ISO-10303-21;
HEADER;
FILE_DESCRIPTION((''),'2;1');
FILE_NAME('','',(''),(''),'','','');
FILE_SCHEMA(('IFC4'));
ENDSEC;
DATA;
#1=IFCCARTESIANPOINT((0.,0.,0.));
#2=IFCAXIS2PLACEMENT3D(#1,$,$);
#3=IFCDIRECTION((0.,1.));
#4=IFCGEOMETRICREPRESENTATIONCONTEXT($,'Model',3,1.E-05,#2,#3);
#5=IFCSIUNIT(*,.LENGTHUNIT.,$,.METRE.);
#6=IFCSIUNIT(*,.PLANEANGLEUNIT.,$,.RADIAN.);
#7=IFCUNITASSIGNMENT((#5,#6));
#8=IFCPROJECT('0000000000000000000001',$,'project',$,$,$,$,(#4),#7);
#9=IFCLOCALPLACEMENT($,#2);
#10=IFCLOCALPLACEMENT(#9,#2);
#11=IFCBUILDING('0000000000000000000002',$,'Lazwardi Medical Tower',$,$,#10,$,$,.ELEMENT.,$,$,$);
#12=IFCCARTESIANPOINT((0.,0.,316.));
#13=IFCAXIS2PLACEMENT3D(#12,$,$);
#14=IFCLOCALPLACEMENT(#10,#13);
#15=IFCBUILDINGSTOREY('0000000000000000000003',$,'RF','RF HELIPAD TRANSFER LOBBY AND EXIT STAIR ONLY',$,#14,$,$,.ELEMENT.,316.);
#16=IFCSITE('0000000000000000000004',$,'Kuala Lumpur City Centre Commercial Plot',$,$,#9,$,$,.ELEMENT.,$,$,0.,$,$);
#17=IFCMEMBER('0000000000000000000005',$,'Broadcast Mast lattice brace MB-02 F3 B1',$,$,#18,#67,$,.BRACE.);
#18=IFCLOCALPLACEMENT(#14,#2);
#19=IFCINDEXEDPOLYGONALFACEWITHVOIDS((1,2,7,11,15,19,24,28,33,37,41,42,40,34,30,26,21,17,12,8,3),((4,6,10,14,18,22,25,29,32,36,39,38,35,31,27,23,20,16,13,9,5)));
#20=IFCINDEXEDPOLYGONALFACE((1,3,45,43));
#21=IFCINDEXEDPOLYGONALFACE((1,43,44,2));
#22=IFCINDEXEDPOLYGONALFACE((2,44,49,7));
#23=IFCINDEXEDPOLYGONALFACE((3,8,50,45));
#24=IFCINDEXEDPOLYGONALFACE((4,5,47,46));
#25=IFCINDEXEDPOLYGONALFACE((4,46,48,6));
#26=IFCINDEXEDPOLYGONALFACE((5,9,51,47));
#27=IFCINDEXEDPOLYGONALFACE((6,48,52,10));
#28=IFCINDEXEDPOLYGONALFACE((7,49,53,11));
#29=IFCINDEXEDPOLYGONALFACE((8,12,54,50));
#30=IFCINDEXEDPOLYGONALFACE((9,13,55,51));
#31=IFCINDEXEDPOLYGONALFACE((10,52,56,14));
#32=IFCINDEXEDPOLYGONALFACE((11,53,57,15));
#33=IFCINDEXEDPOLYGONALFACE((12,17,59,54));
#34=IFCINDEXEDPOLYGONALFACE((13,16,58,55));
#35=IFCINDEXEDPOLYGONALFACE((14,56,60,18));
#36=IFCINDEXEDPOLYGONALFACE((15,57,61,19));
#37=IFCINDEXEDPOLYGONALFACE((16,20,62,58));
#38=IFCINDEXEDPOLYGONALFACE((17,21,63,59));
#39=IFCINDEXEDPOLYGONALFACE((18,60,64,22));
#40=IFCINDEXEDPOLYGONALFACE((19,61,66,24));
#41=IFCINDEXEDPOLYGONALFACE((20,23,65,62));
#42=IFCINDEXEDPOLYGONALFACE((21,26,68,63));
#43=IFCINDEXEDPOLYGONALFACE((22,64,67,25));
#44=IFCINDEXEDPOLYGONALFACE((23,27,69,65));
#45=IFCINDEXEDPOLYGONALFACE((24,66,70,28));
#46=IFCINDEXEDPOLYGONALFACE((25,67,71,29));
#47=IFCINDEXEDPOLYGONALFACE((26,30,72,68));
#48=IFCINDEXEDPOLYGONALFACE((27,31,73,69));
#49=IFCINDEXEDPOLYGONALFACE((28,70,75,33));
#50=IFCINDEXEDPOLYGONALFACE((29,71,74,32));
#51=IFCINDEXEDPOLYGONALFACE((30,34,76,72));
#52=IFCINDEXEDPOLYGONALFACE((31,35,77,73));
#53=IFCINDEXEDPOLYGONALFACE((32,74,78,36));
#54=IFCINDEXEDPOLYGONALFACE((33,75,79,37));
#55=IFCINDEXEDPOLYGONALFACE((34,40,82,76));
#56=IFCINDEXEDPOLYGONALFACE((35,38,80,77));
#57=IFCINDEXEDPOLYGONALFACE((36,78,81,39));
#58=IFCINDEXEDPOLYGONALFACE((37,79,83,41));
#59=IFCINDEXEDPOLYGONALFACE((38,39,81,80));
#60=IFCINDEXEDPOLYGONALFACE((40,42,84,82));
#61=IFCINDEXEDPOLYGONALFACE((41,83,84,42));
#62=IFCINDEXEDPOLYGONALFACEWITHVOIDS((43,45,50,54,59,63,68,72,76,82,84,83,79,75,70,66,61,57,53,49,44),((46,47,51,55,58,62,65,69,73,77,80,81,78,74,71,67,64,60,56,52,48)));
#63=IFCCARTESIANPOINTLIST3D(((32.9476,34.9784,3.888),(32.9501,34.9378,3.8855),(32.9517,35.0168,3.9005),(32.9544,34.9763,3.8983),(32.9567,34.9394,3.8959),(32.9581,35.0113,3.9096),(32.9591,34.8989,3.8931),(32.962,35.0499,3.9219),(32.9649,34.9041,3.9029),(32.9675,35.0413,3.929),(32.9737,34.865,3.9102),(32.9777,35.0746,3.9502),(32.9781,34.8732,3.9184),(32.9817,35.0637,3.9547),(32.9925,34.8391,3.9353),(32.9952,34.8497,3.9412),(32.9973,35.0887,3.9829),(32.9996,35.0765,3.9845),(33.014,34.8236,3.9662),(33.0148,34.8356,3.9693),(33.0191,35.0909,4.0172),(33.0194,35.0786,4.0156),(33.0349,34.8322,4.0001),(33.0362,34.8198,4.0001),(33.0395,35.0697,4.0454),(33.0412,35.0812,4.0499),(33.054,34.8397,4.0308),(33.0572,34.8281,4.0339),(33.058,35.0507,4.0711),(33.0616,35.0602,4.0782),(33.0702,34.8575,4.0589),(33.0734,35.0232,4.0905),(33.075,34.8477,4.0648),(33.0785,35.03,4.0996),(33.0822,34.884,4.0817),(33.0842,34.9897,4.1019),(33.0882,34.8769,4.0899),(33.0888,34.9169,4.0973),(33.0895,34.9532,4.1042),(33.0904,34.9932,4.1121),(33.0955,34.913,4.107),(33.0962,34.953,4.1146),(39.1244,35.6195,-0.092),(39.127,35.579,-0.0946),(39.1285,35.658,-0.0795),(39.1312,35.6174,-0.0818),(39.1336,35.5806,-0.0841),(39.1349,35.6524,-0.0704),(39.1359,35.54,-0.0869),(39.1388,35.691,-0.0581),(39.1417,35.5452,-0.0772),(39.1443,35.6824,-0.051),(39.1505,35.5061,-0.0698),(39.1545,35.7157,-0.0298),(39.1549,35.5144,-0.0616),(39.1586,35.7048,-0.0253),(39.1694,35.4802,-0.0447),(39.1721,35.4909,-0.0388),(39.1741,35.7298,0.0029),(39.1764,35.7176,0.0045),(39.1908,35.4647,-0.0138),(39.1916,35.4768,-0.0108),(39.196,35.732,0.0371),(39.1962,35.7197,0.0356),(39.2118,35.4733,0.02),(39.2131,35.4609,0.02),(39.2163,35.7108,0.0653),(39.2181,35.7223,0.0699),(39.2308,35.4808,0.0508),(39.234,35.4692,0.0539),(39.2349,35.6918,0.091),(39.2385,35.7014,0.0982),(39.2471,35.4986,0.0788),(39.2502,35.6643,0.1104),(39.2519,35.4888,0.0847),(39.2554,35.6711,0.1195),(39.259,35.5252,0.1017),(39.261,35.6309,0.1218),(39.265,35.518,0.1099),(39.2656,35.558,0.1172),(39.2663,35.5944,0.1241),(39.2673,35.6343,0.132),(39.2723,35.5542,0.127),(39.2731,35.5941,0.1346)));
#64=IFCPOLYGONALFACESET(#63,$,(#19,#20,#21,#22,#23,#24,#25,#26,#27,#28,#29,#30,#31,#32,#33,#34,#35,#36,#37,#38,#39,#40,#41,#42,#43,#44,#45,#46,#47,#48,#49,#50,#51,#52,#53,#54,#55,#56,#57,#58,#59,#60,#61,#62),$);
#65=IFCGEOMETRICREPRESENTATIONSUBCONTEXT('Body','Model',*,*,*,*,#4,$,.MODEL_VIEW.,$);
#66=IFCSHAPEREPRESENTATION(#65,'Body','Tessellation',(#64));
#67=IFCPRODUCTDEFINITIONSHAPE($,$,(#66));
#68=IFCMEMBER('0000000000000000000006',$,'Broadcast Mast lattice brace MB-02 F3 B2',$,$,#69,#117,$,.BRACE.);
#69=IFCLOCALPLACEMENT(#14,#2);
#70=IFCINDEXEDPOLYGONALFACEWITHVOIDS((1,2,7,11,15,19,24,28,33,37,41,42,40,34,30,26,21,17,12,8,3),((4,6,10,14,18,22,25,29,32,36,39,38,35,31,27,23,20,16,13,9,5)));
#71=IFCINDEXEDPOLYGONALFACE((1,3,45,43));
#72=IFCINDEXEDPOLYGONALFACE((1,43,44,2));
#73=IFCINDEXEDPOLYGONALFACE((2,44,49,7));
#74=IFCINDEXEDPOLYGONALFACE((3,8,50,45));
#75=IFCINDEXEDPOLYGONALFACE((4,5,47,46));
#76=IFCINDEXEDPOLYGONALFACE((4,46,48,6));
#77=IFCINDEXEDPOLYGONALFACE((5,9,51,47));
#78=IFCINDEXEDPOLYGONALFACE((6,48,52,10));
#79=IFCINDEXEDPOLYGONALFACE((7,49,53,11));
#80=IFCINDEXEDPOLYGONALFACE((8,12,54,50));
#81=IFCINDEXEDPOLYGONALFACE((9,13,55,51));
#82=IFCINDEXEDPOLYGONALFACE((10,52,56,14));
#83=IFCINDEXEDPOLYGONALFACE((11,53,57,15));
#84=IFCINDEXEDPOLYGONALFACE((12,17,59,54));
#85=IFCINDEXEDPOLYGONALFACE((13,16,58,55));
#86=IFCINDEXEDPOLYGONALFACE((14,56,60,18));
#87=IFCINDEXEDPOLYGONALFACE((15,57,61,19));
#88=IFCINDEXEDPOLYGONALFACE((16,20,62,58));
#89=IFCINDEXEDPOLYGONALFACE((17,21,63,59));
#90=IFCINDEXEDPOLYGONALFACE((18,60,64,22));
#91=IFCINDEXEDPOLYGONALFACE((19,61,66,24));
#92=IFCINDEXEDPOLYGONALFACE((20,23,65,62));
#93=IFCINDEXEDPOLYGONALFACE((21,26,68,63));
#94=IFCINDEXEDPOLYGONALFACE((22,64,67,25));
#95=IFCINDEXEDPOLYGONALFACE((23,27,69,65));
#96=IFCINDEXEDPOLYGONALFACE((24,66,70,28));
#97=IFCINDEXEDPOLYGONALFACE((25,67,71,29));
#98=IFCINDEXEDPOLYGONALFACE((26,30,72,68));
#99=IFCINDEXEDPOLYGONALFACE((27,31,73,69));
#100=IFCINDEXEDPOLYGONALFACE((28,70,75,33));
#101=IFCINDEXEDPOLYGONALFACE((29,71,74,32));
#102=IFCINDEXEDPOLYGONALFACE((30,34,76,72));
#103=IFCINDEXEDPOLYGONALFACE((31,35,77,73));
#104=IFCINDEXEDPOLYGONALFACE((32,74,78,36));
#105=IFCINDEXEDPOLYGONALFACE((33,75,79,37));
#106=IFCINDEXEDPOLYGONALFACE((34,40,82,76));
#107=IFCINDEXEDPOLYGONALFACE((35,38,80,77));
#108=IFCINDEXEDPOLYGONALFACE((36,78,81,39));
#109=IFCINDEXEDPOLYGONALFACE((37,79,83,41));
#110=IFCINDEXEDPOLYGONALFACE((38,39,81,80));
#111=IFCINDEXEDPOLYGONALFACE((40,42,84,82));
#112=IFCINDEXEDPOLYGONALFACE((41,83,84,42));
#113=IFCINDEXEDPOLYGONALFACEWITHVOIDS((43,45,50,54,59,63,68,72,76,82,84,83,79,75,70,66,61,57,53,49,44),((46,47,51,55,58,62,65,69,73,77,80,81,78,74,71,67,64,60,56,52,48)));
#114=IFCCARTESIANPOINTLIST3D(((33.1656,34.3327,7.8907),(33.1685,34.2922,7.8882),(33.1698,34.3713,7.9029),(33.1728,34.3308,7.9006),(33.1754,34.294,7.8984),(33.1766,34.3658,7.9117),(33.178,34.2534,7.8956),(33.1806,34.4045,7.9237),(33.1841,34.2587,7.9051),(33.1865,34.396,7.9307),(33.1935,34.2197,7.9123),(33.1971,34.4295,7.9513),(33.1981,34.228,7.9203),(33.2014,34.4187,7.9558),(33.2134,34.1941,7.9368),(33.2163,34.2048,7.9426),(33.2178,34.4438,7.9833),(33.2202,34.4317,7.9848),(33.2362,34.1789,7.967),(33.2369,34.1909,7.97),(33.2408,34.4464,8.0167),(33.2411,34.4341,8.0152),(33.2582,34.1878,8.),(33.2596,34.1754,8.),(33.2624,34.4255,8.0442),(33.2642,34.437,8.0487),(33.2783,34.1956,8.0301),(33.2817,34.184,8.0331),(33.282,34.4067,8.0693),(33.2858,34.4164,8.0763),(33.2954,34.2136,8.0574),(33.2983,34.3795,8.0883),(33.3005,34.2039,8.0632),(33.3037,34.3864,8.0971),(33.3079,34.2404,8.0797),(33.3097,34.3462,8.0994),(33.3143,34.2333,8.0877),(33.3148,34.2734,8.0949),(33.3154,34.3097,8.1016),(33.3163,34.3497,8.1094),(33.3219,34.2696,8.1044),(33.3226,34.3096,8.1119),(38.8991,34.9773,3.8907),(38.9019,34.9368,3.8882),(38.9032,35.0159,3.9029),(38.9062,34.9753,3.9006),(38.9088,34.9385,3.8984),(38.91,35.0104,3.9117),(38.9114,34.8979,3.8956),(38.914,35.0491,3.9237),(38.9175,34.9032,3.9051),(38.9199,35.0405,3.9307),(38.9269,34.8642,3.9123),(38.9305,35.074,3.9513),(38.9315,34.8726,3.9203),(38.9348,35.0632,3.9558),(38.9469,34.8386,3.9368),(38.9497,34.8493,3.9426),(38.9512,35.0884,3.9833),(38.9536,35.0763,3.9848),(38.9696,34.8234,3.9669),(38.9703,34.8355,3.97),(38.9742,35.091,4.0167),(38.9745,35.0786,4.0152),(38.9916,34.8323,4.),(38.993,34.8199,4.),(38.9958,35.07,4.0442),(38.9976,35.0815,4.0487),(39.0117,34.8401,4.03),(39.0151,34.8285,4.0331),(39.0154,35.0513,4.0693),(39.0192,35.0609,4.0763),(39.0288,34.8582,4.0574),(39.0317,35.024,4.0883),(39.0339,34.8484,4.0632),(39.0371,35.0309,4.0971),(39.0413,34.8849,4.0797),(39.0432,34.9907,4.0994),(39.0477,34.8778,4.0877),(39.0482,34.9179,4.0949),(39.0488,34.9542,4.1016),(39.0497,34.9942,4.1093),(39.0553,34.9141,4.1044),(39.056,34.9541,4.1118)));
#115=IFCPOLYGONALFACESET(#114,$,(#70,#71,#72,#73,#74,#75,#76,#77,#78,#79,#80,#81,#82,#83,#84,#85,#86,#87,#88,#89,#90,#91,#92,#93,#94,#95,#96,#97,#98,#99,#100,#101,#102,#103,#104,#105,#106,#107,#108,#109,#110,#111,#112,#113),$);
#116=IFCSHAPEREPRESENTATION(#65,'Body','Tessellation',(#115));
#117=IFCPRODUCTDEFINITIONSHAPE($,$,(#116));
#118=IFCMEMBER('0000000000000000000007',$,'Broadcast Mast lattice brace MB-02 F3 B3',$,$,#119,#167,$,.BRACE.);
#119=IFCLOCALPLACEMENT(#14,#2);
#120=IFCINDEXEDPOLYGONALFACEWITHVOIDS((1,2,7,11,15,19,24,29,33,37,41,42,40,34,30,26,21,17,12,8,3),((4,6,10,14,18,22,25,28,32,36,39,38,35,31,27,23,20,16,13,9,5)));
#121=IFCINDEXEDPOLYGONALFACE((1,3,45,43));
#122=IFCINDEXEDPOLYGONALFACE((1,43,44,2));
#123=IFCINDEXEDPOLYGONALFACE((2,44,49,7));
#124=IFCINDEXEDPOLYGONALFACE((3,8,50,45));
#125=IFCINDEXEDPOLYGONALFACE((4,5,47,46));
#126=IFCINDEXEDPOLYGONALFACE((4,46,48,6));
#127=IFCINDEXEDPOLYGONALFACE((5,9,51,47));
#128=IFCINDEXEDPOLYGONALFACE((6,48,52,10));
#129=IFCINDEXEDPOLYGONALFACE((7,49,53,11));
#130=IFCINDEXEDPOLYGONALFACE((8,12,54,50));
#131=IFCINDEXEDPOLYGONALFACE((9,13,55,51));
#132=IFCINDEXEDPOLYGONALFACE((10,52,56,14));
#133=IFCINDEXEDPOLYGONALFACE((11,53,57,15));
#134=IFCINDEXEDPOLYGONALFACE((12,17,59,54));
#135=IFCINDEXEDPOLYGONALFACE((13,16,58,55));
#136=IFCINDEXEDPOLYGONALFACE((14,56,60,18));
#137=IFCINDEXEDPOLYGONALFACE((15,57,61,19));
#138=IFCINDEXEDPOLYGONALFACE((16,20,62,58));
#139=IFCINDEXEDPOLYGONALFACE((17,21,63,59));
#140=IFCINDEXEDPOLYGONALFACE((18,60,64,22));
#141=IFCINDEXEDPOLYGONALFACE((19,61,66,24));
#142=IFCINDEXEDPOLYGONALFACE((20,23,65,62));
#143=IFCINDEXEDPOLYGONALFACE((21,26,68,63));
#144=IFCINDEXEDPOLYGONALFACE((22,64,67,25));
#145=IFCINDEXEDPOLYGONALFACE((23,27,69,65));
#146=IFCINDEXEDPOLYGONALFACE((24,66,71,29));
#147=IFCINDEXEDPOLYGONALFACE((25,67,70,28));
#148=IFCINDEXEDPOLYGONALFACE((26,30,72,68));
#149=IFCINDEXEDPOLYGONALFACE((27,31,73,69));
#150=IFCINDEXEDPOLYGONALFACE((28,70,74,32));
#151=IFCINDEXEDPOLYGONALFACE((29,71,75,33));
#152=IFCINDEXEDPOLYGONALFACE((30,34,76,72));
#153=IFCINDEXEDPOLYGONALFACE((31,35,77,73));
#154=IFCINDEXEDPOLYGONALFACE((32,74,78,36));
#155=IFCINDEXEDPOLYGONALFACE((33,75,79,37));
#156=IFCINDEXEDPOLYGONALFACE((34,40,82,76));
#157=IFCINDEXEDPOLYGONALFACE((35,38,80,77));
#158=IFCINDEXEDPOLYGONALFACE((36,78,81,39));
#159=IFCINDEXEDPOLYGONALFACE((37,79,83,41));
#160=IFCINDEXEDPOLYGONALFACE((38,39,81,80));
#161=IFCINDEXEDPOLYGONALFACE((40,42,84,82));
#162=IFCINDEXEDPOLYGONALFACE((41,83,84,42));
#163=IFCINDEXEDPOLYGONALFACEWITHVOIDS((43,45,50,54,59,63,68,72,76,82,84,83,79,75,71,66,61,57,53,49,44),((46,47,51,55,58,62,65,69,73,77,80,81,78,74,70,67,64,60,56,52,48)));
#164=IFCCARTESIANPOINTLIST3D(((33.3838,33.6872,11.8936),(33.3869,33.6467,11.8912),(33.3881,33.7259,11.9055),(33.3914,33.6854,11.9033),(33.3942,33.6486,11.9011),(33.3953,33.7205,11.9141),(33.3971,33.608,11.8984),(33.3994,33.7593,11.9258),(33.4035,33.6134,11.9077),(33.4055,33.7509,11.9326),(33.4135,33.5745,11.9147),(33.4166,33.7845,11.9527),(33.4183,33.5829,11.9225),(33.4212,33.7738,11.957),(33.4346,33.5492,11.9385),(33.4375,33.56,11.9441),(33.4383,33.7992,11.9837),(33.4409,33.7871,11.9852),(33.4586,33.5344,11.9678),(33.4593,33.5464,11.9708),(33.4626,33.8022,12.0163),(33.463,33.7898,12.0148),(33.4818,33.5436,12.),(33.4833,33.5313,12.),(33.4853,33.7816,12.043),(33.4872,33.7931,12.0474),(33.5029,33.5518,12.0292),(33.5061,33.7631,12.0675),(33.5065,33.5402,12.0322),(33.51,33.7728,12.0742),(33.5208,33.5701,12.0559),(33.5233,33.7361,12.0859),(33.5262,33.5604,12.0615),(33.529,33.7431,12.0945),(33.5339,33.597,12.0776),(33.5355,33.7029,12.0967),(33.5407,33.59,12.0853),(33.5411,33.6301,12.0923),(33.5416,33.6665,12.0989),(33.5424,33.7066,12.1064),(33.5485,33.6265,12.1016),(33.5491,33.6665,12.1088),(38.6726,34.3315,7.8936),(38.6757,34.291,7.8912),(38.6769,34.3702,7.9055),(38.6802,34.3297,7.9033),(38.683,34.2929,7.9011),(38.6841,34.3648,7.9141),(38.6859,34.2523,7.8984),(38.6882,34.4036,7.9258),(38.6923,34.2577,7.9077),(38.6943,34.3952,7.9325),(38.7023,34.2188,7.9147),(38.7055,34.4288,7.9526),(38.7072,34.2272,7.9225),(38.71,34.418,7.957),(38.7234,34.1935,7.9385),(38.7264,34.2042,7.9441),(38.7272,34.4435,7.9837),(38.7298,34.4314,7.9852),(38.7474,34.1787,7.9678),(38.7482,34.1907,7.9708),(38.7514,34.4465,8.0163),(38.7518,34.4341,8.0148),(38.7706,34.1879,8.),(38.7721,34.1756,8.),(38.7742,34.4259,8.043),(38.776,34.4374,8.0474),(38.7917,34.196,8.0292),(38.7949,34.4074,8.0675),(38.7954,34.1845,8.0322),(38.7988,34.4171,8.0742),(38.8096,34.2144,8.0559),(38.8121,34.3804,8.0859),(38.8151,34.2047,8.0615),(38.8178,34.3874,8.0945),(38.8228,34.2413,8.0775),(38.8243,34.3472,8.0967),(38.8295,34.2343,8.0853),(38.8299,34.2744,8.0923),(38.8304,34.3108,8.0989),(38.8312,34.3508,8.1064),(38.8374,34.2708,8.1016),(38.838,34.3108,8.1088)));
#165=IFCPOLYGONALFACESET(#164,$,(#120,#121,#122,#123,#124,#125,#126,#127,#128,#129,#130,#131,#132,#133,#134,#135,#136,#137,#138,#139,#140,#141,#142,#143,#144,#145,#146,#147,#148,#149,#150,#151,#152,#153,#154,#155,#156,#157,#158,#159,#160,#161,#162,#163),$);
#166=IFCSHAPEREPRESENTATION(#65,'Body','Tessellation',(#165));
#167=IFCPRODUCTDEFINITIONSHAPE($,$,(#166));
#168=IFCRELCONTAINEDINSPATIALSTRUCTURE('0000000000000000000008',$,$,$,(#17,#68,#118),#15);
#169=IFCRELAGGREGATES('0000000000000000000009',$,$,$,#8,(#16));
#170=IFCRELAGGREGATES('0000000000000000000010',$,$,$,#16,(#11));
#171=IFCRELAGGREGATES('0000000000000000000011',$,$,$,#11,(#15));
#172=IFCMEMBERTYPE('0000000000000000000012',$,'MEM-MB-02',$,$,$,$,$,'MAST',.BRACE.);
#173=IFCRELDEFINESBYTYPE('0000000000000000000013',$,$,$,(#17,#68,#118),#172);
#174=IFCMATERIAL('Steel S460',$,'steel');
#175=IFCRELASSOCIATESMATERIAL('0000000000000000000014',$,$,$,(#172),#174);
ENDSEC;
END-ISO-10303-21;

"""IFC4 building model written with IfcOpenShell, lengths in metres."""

from ifc_helpers import new_model, si_unit, direction, frame, origin, origin_2d, place, context, subcontext, project, spatial, hollow_circle, extrude, material, material_profile, profile_set, type_object, element, save


model = new_model("IFC4")

# Units and contexts
model_context = context("Model", 3, precision=1e-05, world=origin(), true_north=direction((0.0, 1.0)))
body_context = subcontext(model_context, "Body", "Model", "MODEL_VIEW")
ifc_project = project(units=[si_unit("LENGTHUNIT", "METRE"), si_unit("PLANEANGLEUNIT", "RADIAN")], contexts=[model_context])

# Site, building, storey
site_placement = place(None, origin())
site = spatial("IfcSite", under=ifc_project, at=site_placement, Name="Kuala Lumpur City Centre Commercial Plot", CompositionType="ELEMENT", RefElevation=0.0)
building_placement = place(site_placement, origin())
building = spatial("IfcBuilding", under=site, at=building_placement, Name="Lazwardi Medical Tower", CompositionType="ELEMENT")
storey_placement = place(building_placement, frame((0.0, 0.0, 316.0)))
storey = spatial("IfcBuildingStorey", under=building, at=storey_placement, Name="RF", Description="RF HELIPAD TRANSFER LOBBY AND EXIT STAIR ONLY", CompositionType="ELEMENT", Elevation=316.0)

# Members
ifc_material_1 = material(Name="Steel S460", Category="steel")
ifc_material_profile_1 = material_profile(ifc_material_1, hollow_circle(Radius=0.1365, WallThickness=0.0125, at=origin_2d()), Name="CHS 273x12.5")
ifc_profile_set_1 = profile_set([ifc_material_profile_1], Name="Steel S460")
member_type_1 = type_object("IfcMemberType", Name="MEM-MB-02", ElementType="MAST", PredefinedType="BRACE", material=ifc_profile_set_1)
member_1_placement = place(storey_placement, frame((39.199, 35.5967, 0.02), z_axis=(-0.837427, -0.08692, 0.539594), x_axis=(0.10324, -0.994656, 0.0)))
element("IfcMember", 1, at=member_1_placement, inside=storey, type_object=member_type_1, Name="Broadcast Mast lattice brace MB-02 F3 B1", PredefinedType="BRACE", context=body_context, shape_type="SweptSolid", body=[
    extrude(hollow_circle(Radius=0.1365, WallThickness=0.0125, at=origin_2d()), origin(), (0.0, 0.0, 1.0), 7.376),
])
member_2_placement = place(storey_placement, frame((38.9778, 34.9556, 4.0), z_axis=(-0.816666, -0.091807, 0.569761), x_axis=(0.111713, -0.99374, 0.0)))
element("IfcMember", 2, at=member_2_placement, inside=storey, type_object=member_type_1, Name="Broadcast Mast lattice brace MB-02 F3 B2", PredefinedType="BRACE", context=body_context, shape_type="SweptSolid", body=[
    extrude(hollow_circle(Radius=0.1365, WallThickness=0.0125, at=origin_2d()), origin(), (0.0, 0.0, 1.0), 7.0205),
])
member_3_placement = place(storey_placement, frame((38.7556, 34.311, 8.0), z_axis=(-0.793839, -0.096706, 0.60039), x_axis=(0.120927, -0.992661, 0.0)))
element("IfcMember", 3, at=member_3_placement, inside=storey, type_object=member_type_1, Name="Broadcast Mast lattice brace MB-02 F3 B3", PredefinedType="BRACE", context=body_context, shape_type="SweptSolid", body=[
    extrude(hollow_circle(Radius=0.1365, WallThickness=0.0125, at=origin_2d()), origin(), (0.0, 0.0, 1.0), 6.6624),
])

save(model, "model.ifc")
